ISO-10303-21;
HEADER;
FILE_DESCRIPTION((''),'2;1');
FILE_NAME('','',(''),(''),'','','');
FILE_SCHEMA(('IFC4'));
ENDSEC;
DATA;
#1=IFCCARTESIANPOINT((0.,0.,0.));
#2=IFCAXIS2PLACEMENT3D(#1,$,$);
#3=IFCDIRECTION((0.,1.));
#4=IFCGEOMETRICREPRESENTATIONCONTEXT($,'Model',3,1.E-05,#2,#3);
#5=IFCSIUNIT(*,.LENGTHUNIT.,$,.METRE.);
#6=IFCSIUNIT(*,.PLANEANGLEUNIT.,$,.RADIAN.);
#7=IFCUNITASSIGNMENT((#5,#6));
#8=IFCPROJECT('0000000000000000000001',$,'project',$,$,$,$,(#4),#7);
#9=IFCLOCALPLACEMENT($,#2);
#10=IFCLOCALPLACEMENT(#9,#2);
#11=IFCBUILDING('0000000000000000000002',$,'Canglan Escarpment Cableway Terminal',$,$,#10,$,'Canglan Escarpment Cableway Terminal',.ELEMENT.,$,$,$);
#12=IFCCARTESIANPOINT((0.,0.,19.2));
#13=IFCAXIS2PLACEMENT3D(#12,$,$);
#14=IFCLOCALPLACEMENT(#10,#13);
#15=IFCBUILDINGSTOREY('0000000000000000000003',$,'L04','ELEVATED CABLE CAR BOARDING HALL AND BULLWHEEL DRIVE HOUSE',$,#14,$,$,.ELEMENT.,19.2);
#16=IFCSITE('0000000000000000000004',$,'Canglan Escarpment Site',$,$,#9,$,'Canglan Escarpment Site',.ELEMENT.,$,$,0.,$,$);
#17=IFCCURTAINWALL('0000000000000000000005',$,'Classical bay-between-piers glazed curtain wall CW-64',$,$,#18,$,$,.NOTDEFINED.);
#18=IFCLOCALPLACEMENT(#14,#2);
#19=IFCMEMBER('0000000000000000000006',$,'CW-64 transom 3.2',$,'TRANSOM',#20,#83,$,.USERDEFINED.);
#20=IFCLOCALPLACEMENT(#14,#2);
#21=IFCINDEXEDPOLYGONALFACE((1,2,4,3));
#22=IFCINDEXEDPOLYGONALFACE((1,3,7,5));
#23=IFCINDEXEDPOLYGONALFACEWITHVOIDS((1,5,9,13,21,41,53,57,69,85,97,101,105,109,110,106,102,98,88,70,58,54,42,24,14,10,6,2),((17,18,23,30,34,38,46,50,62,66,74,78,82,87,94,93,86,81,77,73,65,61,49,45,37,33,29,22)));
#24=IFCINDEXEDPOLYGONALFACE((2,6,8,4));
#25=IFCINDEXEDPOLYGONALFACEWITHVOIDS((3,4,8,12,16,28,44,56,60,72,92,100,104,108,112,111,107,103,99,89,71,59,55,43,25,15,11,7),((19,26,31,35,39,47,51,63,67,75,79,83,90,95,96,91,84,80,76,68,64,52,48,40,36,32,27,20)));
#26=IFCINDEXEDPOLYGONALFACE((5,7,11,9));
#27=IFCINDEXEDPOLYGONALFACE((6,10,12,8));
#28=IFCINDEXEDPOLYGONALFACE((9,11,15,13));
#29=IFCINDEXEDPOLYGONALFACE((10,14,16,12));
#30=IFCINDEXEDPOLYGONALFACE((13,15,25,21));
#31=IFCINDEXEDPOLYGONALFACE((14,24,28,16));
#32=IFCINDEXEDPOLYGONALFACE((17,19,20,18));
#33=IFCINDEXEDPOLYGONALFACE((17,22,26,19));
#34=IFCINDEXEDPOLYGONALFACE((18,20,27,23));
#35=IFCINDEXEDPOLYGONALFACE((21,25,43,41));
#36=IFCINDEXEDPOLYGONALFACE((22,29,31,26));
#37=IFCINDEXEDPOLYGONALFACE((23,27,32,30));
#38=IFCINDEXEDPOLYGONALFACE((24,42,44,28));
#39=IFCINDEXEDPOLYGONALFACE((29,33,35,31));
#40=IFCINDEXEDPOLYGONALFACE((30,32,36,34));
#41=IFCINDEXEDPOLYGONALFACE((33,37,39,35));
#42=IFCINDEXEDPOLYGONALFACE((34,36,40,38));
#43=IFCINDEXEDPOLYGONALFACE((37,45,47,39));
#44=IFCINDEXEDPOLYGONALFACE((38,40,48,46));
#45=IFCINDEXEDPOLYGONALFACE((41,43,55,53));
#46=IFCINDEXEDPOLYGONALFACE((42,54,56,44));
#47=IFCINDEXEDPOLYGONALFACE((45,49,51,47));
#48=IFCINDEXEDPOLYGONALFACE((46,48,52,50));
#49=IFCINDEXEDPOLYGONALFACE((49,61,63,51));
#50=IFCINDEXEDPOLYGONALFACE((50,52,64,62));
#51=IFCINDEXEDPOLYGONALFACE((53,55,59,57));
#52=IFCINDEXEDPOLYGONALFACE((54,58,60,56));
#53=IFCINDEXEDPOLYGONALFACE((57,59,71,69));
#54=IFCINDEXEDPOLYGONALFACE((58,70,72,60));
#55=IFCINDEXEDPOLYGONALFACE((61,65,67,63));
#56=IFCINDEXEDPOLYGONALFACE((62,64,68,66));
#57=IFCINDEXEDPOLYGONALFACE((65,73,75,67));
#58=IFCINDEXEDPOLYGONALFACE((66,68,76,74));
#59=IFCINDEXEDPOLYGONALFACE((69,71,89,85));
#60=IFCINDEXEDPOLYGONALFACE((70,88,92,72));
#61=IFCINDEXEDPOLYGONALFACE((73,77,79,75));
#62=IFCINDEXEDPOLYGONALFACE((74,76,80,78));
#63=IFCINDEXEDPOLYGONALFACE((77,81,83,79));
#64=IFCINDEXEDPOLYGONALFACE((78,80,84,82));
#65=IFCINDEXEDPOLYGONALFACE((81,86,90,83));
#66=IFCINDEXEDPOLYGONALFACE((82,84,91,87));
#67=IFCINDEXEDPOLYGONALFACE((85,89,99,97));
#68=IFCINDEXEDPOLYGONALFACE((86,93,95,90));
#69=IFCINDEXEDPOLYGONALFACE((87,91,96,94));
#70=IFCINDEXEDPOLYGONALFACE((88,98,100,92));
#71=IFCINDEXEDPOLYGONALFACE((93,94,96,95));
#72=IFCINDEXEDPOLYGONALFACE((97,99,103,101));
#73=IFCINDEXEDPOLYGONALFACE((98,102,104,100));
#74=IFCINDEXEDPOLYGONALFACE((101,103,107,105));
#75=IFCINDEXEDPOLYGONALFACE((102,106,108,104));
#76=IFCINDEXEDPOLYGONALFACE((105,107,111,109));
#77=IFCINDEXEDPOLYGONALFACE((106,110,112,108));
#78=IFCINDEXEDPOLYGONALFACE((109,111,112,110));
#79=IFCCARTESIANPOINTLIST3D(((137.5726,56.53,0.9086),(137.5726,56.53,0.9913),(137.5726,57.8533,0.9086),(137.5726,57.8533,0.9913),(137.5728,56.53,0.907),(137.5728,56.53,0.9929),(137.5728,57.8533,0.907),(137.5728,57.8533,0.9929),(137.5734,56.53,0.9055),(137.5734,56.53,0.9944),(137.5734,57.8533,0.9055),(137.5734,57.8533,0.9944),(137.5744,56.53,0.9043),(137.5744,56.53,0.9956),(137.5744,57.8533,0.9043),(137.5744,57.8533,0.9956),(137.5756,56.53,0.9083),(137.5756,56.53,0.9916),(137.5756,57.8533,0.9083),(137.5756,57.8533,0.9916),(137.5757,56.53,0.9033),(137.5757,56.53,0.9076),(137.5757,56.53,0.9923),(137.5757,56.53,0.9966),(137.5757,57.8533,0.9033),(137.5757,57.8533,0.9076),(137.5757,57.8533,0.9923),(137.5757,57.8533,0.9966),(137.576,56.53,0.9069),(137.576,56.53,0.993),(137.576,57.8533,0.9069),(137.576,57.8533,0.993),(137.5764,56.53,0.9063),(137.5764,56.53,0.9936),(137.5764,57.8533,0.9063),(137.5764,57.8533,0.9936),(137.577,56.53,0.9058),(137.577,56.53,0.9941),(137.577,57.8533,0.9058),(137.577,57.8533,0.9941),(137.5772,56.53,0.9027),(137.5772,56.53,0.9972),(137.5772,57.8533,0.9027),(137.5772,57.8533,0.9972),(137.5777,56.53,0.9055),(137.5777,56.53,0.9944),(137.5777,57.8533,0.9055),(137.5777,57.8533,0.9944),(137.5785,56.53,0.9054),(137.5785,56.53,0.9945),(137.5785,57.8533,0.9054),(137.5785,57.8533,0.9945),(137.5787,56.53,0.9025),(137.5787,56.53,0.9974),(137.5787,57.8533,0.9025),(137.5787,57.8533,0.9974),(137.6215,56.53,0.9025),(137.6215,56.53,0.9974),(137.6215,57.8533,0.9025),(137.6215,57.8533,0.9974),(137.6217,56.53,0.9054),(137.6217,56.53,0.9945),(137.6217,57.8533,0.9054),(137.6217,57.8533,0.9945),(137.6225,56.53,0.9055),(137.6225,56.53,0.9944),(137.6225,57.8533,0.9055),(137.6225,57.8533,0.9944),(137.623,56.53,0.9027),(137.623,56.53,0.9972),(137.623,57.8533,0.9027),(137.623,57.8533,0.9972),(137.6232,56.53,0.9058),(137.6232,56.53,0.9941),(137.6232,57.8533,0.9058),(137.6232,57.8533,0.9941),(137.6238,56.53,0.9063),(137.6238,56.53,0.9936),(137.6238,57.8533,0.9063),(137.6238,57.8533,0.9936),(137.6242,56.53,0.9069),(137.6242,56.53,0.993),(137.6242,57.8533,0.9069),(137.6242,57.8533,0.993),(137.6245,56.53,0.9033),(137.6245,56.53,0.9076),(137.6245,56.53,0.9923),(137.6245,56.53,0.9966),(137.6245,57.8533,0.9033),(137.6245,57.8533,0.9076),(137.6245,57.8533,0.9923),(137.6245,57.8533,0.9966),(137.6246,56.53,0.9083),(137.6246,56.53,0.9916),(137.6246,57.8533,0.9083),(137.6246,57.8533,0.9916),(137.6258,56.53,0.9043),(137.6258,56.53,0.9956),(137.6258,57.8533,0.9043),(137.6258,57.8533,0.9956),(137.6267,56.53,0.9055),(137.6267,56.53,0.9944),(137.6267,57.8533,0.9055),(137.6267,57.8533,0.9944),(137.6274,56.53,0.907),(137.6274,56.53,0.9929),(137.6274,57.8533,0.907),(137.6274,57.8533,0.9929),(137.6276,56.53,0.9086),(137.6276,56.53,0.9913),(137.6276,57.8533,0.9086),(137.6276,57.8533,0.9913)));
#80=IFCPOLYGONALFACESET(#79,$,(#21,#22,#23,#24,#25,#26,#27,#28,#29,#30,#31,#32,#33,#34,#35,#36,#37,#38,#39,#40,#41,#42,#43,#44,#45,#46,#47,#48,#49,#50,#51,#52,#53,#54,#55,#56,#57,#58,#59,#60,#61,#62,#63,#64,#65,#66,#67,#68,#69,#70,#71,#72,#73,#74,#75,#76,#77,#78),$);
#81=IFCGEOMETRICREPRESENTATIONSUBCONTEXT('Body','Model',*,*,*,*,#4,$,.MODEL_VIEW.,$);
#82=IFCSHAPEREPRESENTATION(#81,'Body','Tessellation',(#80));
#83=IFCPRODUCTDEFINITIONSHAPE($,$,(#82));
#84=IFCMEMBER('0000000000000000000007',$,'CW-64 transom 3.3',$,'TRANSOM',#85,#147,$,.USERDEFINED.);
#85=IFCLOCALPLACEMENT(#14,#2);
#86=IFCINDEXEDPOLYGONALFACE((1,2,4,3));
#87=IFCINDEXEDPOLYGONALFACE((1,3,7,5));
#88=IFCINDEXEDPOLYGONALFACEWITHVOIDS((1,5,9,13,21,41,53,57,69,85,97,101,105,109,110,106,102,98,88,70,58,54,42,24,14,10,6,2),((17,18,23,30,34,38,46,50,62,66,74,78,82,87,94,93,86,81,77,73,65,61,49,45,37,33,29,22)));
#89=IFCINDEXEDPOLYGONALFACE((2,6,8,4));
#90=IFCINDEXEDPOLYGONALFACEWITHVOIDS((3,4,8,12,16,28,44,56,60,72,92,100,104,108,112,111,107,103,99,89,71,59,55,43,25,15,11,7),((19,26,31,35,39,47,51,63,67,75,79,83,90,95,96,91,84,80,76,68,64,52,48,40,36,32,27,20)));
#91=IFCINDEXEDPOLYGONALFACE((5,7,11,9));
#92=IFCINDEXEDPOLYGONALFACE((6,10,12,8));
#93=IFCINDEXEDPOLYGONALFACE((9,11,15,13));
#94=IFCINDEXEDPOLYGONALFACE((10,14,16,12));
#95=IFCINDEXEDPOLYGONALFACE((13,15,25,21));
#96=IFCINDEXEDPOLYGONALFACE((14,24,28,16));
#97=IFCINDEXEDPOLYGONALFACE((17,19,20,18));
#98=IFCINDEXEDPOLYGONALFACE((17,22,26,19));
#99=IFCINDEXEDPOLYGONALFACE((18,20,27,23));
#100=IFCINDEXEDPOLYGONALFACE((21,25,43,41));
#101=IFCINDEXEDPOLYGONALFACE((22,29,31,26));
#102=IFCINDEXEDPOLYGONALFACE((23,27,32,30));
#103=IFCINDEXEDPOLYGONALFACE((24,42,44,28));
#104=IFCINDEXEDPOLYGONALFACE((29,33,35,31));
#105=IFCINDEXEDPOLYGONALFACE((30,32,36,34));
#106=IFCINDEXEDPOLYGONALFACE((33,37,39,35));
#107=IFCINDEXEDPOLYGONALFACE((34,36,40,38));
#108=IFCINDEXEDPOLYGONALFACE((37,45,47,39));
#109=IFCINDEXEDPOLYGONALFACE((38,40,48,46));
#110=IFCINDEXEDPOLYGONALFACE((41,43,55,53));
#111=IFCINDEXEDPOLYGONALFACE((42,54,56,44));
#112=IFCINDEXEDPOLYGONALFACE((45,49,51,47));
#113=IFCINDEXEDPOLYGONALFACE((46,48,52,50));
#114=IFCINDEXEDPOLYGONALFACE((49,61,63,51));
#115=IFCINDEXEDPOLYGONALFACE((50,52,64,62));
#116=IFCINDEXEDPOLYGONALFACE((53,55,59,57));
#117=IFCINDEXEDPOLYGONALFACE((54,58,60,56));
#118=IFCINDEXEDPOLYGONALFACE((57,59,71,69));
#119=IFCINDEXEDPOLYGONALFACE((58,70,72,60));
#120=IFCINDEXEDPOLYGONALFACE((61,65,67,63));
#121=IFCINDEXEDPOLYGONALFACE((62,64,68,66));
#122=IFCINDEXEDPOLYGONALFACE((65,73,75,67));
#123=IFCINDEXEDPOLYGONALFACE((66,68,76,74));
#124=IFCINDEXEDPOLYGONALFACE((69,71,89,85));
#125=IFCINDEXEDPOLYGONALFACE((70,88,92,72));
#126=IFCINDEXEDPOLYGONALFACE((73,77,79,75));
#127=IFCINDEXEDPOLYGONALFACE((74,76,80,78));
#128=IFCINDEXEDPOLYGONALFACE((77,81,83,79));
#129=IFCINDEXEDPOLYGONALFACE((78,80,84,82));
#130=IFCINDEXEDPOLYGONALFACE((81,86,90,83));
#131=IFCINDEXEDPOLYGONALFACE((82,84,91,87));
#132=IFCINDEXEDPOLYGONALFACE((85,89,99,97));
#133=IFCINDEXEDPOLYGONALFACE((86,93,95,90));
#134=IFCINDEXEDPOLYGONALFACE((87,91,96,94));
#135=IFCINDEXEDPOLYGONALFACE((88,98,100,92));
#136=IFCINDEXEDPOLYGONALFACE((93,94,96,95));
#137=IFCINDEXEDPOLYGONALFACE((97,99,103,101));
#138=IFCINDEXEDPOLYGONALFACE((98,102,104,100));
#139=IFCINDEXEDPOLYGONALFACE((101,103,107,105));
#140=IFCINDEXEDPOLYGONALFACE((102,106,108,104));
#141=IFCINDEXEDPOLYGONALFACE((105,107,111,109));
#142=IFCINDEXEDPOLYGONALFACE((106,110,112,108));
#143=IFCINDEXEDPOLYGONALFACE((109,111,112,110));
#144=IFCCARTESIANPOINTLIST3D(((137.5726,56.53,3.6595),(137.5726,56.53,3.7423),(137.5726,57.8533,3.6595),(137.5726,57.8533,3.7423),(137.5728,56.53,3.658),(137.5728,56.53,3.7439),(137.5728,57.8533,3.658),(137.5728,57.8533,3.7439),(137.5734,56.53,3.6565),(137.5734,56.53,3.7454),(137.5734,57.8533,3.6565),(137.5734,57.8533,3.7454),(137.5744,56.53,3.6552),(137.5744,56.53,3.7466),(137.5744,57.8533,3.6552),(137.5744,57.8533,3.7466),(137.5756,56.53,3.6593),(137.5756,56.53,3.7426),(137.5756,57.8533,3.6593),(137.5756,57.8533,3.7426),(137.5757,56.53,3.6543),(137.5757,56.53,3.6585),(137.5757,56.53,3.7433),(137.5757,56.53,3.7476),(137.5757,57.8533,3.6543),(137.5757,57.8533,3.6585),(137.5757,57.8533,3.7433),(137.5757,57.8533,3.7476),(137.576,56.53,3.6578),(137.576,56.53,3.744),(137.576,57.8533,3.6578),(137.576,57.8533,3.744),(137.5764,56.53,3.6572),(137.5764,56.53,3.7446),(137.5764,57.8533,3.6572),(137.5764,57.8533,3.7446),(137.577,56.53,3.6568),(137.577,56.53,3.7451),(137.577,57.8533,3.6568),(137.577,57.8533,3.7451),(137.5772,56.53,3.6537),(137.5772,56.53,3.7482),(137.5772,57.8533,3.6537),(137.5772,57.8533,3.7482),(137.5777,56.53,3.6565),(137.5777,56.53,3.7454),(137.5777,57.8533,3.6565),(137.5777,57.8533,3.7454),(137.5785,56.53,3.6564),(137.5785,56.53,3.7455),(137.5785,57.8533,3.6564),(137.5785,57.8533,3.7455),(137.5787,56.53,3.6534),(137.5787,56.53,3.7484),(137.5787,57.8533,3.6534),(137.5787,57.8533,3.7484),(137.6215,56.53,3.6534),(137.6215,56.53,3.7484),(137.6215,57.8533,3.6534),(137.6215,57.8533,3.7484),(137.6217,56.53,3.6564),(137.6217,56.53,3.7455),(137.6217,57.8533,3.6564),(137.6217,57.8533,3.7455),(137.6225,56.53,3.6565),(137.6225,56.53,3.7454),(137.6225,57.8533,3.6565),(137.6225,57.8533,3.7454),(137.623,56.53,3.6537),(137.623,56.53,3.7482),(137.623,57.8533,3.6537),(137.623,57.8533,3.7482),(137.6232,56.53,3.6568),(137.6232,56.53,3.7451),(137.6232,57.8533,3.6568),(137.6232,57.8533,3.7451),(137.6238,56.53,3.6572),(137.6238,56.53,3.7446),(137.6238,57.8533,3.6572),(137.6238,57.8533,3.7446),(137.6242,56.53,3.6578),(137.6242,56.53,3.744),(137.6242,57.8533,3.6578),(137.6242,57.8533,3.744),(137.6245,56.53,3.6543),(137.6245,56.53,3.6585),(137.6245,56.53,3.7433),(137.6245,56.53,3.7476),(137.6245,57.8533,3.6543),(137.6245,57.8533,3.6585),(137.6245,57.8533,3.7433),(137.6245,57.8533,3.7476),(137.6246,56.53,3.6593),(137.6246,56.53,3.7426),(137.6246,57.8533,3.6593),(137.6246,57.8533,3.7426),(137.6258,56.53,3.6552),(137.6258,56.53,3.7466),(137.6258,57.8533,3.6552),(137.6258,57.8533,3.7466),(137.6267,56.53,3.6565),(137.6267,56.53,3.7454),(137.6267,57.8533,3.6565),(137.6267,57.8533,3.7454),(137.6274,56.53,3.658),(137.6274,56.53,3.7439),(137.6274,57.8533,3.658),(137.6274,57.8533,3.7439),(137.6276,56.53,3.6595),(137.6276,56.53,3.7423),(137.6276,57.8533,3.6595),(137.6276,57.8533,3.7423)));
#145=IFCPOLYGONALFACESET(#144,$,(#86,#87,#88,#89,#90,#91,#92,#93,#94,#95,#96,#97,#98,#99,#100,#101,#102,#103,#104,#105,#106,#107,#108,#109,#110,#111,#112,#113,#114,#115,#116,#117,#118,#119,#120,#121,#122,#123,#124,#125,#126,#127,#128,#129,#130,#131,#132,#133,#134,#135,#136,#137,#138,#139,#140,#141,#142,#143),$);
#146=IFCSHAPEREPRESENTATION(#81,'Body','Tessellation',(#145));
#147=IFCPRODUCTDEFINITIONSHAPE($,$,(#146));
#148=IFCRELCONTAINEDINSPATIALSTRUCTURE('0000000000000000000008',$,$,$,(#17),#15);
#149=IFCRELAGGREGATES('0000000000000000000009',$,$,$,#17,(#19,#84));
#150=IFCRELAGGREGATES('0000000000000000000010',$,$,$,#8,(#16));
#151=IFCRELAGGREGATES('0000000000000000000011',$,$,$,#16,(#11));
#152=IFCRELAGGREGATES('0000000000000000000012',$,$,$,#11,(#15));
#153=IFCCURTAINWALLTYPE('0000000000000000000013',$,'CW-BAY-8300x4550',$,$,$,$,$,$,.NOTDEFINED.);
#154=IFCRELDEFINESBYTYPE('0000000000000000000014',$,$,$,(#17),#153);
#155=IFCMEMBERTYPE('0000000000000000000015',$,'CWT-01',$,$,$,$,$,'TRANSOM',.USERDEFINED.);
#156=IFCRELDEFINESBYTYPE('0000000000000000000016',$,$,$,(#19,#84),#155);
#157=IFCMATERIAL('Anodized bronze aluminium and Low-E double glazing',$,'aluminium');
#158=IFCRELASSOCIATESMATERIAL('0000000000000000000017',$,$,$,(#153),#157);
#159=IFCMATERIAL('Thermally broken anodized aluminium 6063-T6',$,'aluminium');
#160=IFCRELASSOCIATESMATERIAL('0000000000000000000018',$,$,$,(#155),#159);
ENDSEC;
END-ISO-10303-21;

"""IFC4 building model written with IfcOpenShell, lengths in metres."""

from ifc_helpers import new_model, si_unit, direction, frame, origin, origin_2d, place, context, subcontext, project, spatial, hollow_rectangle, extrude, material, material_profile, profile_set, type_object, element, aggregate, save


model = new_model("IFC4")

# Units and contexts
model_context = context("Model", 3, precision=1e-05, world=origin(), true_north=direction((0.0, 1.0)))
body_context = subcontext(model_context, "Body", "Model", "MODEL_VIEW")
ifc_project = project(units=[si_unit("LENGTHUNIT", "METRE"), si_unit("PLANEANGLEUNIT", "RADIAN")], contexts=[model_context])

# Site, building, storey
site_placement = place(None, origin())
site = spatial("IfcSite", under=ifc_project, at=site_placement, Name="Canglan Escarpment Site", LongName="Canglan Escarpment Site", CompositionType="ELEMENT", RefElevation=0.0)
building_placement = place(site_placement, origin())
building = spatial("IfcBuilding", under=site, at=building_placement, Name="Canglan Escarpment Cableway Terminal", LongName="Canglan Escarpment Cableway Terminal", CompositionType="ELEMENT")
storey_placement = place(building_placement, frame((0.0, 0.0, 19.2)))
storey = spatial("IfcBuildingStorey", under=building, at=storey_placement, Name="L04", Description="ELEVATED CABLE CAR BOARDING HALL AND BULLWHEEL DRIVE HOUSE", CompositionType="ELEMENT", Elevation=19.2)

# Curtain wall, members
ifc_material_1 = material(Name="Anodized bronze aluminium and Low-E double glazing", Category="aluminium")
curtain_wall_type = type_object("IfcCurtainWallType", Name="CW-BAY-8300x4550", PredefinedType="NOTDEFINED", material=ifc_material_1)
curtain_wall_placement = place(storey_placement, origin())
curtain_wall = element("IfcCurtainWall", 1, at=curtain_wall_placement, inside=storey, type_object=curtain_wall_type, Name="Classical bay-between-piers glazed curtain wall CW-64", PredefinedType="NOTDEFINED")
ifc_material_2 = material(Name="Thermally broken anodized aluminium 6063-T6", Category="aluminium")
ifc_material_profile_1 = material_profile(ifc_material_2, hollow_rectangle(XDim=0.0549, YDim=0.095, WallThickness=0.0029, InnerFilletRadius=0.0029, OuterFilletRadius=0.0061, at=origin_2d()), Name="ALU-TRAN 55x95x3")
ifc_profile_set_1 = profile_set([ifc_material_profile_1], Name="Thermally broken anodized aluminium 6063-T6")
member_type_1 = type_object("IfcMemberType", Name="CWT-01", ElementType="TRANSOM", PredefinedType="USERDEFINED", material=ifc_profile_set_1)
member_1_placement = place(storey_placement, frame((137.6001, 57.8533, 0.95), z_axis=(0.0, -1.0, 0.0), x_axis=(1.0, 0.0, 0.0)))
member_1 = element("IfcMember", 2, at=member_1_placement, type_object=member_type_1, Name="CW-64 transom 3.2", ObjectType="TRANSOM", PredefinedType="USERDEFINED", context=body_context, shape_type="SweptSolid", body=[
    extrude(hollow_rectangle(XDim=0.0549, YDim=0.095, WallThickness=0.0029, InnerFilletRadius=0.0029, OuterFilletRadius=0.0061, at=origin_2d()), origin(), (0.0, 0.0, 1.0), 1.3232),
])
member_2_placement = place(storey_placement, frame((137.6001, 57.8533, 3.7009), z_axis=(0.0, -1.0, 0.0), x_axis=(1.0, 0.0, 0.0)))
member_2 = element("IfcMember", 3, at=member_2_placement, type_object=member_type_1, Name="CW-64 transom 3.3", ObjectType="TRANSOM", PredefinedType="USERDEFINED", context=body_context, shape_type="SweptSolid", body=[
    extrude(hollow_rectangle(XDim=0.0549, YDim=0.095, WallThickness=0.0029, InnerFilletRadius=0.0029, OuterFilletRadius=0.0061, at=origin_2d()), origin(), (0.0, 0.0, 1.0), 1.3232),
])
aggregate(curtain_wall, [member_1, member_2])

save(model, "model.ifc")
